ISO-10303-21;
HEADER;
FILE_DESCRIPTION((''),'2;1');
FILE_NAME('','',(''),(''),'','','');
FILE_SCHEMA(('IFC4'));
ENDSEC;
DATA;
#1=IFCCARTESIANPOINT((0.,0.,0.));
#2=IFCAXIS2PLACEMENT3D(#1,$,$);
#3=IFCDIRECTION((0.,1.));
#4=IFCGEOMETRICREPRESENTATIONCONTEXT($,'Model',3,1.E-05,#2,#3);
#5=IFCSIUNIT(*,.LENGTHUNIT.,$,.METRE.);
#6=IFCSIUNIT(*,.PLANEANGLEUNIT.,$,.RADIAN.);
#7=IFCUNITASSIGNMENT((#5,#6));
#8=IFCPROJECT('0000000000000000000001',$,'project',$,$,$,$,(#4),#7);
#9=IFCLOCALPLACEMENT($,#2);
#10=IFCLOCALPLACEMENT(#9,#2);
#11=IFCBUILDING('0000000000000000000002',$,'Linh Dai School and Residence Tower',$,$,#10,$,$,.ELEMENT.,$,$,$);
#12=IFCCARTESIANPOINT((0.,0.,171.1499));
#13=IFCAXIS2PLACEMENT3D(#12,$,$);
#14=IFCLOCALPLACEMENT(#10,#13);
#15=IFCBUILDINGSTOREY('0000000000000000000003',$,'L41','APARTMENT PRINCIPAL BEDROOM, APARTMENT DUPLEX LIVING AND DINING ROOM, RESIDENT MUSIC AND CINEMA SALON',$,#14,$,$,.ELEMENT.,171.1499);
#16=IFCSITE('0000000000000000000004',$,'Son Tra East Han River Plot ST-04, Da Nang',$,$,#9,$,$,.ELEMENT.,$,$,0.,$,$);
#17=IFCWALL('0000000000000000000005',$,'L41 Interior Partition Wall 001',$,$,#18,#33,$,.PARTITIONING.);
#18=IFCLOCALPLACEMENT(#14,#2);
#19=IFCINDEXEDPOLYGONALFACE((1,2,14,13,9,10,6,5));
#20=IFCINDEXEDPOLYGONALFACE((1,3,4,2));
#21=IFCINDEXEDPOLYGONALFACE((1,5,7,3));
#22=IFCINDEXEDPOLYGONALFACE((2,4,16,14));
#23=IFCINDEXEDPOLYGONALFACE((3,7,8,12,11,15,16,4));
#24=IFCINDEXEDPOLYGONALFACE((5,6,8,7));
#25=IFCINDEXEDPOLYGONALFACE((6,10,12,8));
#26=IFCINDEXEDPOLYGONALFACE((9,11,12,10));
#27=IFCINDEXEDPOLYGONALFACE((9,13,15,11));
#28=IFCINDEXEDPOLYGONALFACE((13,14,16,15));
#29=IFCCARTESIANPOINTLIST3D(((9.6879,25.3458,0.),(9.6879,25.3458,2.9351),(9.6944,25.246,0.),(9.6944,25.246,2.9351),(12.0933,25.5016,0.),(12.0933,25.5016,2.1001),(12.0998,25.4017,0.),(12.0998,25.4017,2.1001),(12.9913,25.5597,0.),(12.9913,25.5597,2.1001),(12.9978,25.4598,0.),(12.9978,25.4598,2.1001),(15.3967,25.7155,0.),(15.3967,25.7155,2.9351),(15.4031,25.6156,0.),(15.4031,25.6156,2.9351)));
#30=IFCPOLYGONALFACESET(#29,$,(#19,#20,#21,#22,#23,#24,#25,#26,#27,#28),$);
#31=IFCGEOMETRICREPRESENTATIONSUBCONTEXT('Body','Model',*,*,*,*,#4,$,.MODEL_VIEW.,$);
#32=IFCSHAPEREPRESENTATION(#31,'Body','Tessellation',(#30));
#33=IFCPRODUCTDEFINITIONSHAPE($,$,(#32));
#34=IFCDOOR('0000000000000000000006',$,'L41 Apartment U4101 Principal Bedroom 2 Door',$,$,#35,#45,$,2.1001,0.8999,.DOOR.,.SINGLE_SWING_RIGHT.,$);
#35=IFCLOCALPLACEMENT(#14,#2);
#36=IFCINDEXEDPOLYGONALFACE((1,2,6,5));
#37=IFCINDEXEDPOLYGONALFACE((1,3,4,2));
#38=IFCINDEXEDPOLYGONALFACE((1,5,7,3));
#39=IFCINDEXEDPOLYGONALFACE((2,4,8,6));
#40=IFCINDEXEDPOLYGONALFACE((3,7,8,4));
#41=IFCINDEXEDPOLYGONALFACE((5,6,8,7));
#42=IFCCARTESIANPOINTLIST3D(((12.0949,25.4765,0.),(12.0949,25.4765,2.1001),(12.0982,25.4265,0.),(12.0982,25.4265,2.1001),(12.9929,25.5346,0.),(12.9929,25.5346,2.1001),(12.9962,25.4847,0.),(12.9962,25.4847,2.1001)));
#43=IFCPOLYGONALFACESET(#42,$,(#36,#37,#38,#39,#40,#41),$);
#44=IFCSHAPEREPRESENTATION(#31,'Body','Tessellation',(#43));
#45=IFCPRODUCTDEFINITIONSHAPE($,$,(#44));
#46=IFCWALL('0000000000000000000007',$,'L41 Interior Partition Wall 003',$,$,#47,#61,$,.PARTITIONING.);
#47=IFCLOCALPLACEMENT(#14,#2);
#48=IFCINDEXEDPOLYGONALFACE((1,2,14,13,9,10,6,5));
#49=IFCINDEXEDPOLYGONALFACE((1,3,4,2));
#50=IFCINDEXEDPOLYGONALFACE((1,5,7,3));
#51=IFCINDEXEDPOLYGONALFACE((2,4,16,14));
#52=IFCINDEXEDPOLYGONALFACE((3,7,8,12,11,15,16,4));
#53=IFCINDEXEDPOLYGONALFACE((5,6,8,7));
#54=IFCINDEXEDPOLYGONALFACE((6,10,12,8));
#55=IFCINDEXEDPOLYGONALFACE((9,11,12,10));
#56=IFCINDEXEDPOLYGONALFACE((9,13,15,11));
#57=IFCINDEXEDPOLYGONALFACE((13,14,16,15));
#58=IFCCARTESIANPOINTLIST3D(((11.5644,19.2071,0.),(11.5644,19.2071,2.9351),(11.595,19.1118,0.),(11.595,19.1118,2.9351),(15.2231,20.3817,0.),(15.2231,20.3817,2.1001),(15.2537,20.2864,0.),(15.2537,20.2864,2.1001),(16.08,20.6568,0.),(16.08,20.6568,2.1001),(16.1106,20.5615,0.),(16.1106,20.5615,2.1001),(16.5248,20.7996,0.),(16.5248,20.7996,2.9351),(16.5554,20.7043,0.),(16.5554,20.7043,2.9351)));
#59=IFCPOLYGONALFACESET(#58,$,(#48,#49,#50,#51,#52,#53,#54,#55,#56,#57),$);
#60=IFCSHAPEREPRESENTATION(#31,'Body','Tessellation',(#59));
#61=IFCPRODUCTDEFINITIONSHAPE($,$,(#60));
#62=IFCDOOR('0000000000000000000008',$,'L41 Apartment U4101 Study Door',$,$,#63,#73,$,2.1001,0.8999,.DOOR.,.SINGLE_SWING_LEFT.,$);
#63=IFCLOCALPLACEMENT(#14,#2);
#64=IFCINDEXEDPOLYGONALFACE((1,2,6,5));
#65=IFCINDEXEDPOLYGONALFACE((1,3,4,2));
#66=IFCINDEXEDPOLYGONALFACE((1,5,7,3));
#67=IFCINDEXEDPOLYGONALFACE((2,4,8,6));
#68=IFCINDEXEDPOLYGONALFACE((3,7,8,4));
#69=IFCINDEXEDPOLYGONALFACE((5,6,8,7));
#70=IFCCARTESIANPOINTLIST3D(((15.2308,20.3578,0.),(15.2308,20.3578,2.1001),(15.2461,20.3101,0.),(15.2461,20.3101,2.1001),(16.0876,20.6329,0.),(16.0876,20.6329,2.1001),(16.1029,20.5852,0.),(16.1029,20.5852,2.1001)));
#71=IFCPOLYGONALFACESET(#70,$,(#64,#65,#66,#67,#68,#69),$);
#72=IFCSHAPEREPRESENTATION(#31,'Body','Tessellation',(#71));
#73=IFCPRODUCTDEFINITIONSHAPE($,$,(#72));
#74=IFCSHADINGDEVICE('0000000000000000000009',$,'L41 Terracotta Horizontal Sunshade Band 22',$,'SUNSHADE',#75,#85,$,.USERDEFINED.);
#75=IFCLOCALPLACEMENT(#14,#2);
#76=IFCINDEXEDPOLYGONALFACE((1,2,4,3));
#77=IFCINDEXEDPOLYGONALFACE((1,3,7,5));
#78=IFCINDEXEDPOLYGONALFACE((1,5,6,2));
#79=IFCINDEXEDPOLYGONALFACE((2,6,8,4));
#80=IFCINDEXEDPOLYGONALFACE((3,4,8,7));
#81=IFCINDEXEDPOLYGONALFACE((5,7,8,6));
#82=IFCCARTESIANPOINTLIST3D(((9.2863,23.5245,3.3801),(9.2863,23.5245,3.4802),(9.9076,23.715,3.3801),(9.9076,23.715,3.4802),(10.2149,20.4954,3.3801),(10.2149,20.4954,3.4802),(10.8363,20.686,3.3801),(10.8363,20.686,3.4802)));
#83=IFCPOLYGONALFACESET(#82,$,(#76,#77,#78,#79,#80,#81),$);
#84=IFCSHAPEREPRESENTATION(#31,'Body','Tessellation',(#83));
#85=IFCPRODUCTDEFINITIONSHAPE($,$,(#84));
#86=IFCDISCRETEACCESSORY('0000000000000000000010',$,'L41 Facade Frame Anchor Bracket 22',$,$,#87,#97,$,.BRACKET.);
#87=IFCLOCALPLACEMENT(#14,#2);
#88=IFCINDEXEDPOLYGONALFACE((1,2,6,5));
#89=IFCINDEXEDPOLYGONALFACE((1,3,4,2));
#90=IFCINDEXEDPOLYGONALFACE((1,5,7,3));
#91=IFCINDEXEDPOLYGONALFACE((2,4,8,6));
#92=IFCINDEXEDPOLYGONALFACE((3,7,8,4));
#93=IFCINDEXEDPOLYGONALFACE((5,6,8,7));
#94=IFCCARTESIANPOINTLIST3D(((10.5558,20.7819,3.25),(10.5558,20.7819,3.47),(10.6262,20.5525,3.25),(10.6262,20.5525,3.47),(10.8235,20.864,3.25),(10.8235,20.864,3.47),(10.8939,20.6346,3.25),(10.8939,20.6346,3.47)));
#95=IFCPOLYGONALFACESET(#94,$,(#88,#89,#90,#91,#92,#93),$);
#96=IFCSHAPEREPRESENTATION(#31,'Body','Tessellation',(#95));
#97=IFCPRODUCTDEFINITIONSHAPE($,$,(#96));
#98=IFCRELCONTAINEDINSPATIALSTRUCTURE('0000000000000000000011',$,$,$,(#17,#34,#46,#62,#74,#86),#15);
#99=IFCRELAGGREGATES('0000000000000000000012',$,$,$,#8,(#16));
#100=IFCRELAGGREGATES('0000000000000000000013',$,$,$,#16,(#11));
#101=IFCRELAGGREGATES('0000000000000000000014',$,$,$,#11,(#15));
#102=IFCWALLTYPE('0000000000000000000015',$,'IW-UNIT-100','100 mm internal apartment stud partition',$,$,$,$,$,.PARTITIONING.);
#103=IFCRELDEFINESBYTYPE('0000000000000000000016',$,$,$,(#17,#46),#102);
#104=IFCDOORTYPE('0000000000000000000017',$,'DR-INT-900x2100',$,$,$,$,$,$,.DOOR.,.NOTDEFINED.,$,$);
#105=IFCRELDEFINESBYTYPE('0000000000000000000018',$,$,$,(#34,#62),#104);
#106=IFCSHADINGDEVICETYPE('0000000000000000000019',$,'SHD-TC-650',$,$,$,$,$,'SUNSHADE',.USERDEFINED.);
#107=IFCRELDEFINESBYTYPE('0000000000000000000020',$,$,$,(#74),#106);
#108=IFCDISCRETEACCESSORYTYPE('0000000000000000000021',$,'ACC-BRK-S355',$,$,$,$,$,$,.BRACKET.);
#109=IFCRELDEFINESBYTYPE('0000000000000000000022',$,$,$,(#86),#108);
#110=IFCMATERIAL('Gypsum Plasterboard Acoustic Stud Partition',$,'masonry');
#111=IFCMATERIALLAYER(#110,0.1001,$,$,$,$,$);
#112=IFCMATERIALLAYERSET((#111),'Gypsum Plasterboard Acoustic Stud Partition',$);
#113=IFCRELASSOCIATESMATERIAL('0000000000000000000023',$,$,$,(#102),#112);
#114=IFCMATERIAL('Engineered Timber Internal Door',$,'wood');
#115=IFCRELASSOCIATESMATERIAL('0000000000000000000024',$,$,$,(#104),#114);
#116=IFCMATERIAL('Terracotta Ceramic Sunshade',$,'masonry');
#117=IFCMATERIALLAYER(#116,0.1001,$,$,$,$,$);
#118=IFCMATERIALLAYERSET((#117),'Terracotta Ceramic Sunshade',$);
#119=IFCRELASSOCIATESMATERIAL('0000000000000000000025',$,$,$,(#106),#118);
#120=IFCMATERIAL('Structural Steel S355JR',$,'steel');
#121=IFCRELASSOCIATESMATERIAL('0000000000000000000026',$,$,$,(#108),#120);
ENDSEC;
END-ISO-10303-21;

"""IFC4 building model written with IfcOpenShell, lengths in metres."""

from ifc_helpers import new_model, si_unit, direction, frame, frame_2d, origin, origin_2d, place, context, subcontext, project, spatial, rectangle, extrude, source, transform, mapped, material, layer, layer_set, type_object, element, fill, save


model = new_model("IFC4")

# Units and contexts
model_context = context("Model", 3, precision=1e-05, world=origin(), true_north=direction((0.0, 1.0)))
body_context = subcontext(model_context, "Body", "Model", "MODEL_VIEW")
ifc_project = project(units=[si_unit("LENGTHUNIT", "METRE"), si_unit("PLANEANGLEUNIT", "RADIAN")], contexts=[model_context])

# Site, building, storey
site_placement = place(None, origin())
site = spatial("IfcSite", under=ifc_project, at=site_placement, Name="Son Tra East Han River Plot ST-04, Da Nang", CompositionType="ELEMENT", RefElevation=0.0)
building_placement = place(site_placement, origin())
building = spatial("IfcBuilding", under=site, at=building_placement, Name="Linh Dai School and Residence Tower", CompositionType="ELEMENT")
storey_placement = place(building_placement, frame((0.0, 0.0, 171.1499)))
storey = spatial("IfcBuildingStorey", under=building, at=storey_placement, Name="L41", Description="APARTMENT PRINCIPAL BEDROOM, APARTMENT DUPLEX LIVING AND DINING ROOM, RESIDENT MUSIC AND CINEMA SALON", CompositionType="ELEMENT", Elevation=171.1499)

# Shared definitions
ifc_material_1 = material(Name="Structural Steel S355JR", Category="steel")

# Walls, openings, doors
ifc_material_2 = material(Name="Gypsum Plasterboard Acoustic Stud Partition", Category="masonry")
ifc_layer_1 = layer(ifc_material_2, 0.1001)
ifc_layer_set_1 = layer_set([ifc_layer_1], Name="Gypsum Plasterboard Acoustic Stud Partition")
wall_type_1 = type_object("IfcWallType", Name="IW-UNIT-100", Description="100 mm internal apartment stud partition", PredefinedType="PARTITIONING", material=ifc_layer_set_1)
wall_1_placement = place(storey_placement, frame((9.6912, 25.2959, 0.0), z_axis=(0.0, 0.0, 1.0), x_axis=(0.99791, 0.064613, 0.0)))
wall_1 = element("IfcWall", 1, at=wall_1_placement, inside=storey, type_object=wall_type_1, Name="L41 Interior Partition Wall 001", PredefinedType="PARTITIONING", context=body_context, shape_type="SweptSolid", body=[
    extrude(rectangle(XDim=5.7207, YDim=0.1001, at=frame_2d((2.8604, 0.0))), origin(), (0.0, 0.0, 1.0), 2.9351),
])
opening_1_placement = place(wall_1_placement, frame((2.4104, 0.0, 0.0)))
opening_1 = element("IfcOpeningElement", 2, at=opening_1_placement, cuts=wall_1, PredefinedType="OPENING", context=body_context, shape_type="SweptSolid", body=[
    extrude(rectangle(XDim=0.8999, YDim=2.1001, at=origin_2d()), frame((0.45, 0.0601, 1.05), z_axis=(0.0, -1.0, 0.0), x_axis=(1.0, 0.0, 0.0)), (0.0, 0.0, 1.0), 0.1201),
])
ifc_material_3 = material(Name="Engineered Timber Internal Door", Category="wood")
door_type_1 = type_object("IfcDoorType", Name="DR-INT-900x2100", OperationType="NOTDEFINED", PredefinedType="DOOR", material=ifc_material_3)
shared_shape_1 = source(origin(), body_context, "Body", "SweptSolid", [
    extrude(rectangle(XDim=0.8999, YDim=2.1001, at=origin_2d()), frame((0.45, 0.0249, 1.05), z_axis=(0.0, -1.0, 0.0), x_axis=(1.0, 0.0, 0.0)), (0.0, 0.0, 1.0), 0.05),
])
door_1_placement = place(opening_1_placement, origin())
door_1 = element("IfcDoor", 3, at=door_1_placement, inside=storey, type_object=door_type_1, Name="L41 Apartment U4101 Principal Bedroom 2 Door", OperationType="SINGLE_SWING_RIGHT", OverallHeight=2.1001, OverallWidth=0.8999, PredefinedType="DOOR", context=body_context, shape_type="MappedRepresentation", body=[
    mapped(shared_shape_1, transform((0.0, 0.0, 0.0), x_axis=(1.0, 0.0, 0.0), y_axis=(0.0, 1.0, 0.0), z_axis=(0.0, 0.0, 1.0), scale=1.0)),
])
fill(opening_1, door_1)
wall_2_placement = place(storey_placement, frame((11.5796, 19.1594, 0.0), z_axis=(0.0, 0.0, 1.0), x_axis=(0.952135, 0.305678, 0.0)))
wall_2 = element("IfcWall", 4, at=wall_2_placement, inside=storey, type_object=wall_type_1, Name="L41 Interior Partition Wall 003", PredefinedType="PARTITIONING", context=body_context, shape_type="SweptSolid", body=[
    extrude(rectangle(XDim=5.2097, YDim=0.1001, at=frame_2d((2.605, 0.0))), origin(), (0.0, 0.0, 1.0), 2.9351),
])
opening_2_placement = place(wall_2_placement, frame((3.8428, 0.0, 0.0)))
opening_2 = element("IfcOpeningElement", 5, at=opening_2_placement, cuts=wall_2, PredefinedType="OPENING", context=body_context, shape_type="SweptSolid", body=[
    extrude(rectangle(XDim=0.8999, YDim=2.1001, at=origin_2d()), frame((0.45, 0.0601, 1.05), z_axis=(0.0, -1.0, 0.0), x_axis=(1.0, 0.0, 0.0)), (0.0, 0.0, 1.0), 0.1201),
])
door_2_placement = place(opening_2_placement, origin())
door_2 = element("IfcDoor", 6, at=door_2_placement, inside=storey, type_object=door_type_1, Name="L41 Apartment U4101 Study Door", OperationType="SINGLE_SWING_LEFT", OverallHeight=2.1001, OverallWidth=0.8999, PredefinedType="DOOR", context=body_context, shape_type="MappedRepresentation", body=[
    mapped(shared_shape_1, transform((0.0, 0.0, 0.0), x_axis=(1.0, 0.0, 0.0), y_axis=(0.0, 1.0, 0.0), z_axis=(0.0, 0.0, 1.0), scale=1.0)),
])
fill(opening_2, door_2)

# Shading device
ifc_material_4 = material(Name="Terracotta Ceramic Sunshade", Category="masonry")
ifc_layer_2 = layer(ifc_material_4, 0.1001)
ifc_layer_set_2 = layer_set([ifc_layer_2], Name="Terracotta Ceramic Sunshade")
shading_device_type = type_object("IfcShadingDeviceType", Name="SHD-TC-650", ElementType="SUNSHADE", PredefinedType="USERDEFINED", material=ifc_layer_set_2)
shared_shape_2 = source(origin(), body_context, "Body", "SweptSolid", [
    extrude(rectangle(XDim=3.1682, YDim=0.6499, at=origin_2d()), origin(), (0.0, 0.0, 1.0), 0.1001),
])
shading_device_placement = place(storey_placement, frame((10.0613, 22.1052, 3.3801), z_axis=(0.0, 0.0, 1.0), x_axis=(-0.293122, 0.956075, 0.0)))
element("IfcShadingDevice", 7, at=shading_device_placement, inside=storey, type_object=shading_device_type, Name="L41 Terracotta Horizontal Sunshade Band 22", ObjectType="SUNSHADE", PredefinedType="USERDEFINED", context=body_context, shape_type="MappedRepresentation", body=[
    mapped(shared_shape_2, transform((0.0, 0.0, 0.0), x_axis=(1.0, 0.0, 0.0), y_axis=(0.0, 1.0, 0.0), z_axis=(0.0, 0.0, 1.0), scale=1.0)),
])

# Discrete accessory
discrete_accessory_type = type_object("IfcDiscreteAccessoryType", Name="ACC-BRK-S355", PredefinedType="BRACKET", material=ifc_material_1)
shared_shape_3 = source(origin(), body_context, "Body", "SweptSolid", [
    extrude(rectangle(XDim=0.28, YDim=0.24, at=origin_2d()), origin(), (0.0, 0.0, 1.0), 0.22),
])
discrete_accessory_placement = place(storey_placement, frame((10.7249, 20.7083, 3.25), z_axis=(0.0, 0.0, 1.0), x_axis=(-0.956075, -0.293122, 0.0)))
element("IfcDiscreteAccessory", 8, at=discrete_accessory_placement, inside=storey, type_object=discrete_accessory_type, Name="L41 Facade Frame Anchor Bracket 22", PredefinedType="BRACKET", context=body_context, shape_type="MappedRepresentation", body=[
    mapped(shared_shape_3, transform((0.0, 0.0, 0.0), x_axis=(1.0, 0.0, 0.0), y_axis=(0.0, 1.0, 0.0), z_axis=(0.0, 0.0, 1.0), scale=1.0)),
])

save(model, "model.ifc")
